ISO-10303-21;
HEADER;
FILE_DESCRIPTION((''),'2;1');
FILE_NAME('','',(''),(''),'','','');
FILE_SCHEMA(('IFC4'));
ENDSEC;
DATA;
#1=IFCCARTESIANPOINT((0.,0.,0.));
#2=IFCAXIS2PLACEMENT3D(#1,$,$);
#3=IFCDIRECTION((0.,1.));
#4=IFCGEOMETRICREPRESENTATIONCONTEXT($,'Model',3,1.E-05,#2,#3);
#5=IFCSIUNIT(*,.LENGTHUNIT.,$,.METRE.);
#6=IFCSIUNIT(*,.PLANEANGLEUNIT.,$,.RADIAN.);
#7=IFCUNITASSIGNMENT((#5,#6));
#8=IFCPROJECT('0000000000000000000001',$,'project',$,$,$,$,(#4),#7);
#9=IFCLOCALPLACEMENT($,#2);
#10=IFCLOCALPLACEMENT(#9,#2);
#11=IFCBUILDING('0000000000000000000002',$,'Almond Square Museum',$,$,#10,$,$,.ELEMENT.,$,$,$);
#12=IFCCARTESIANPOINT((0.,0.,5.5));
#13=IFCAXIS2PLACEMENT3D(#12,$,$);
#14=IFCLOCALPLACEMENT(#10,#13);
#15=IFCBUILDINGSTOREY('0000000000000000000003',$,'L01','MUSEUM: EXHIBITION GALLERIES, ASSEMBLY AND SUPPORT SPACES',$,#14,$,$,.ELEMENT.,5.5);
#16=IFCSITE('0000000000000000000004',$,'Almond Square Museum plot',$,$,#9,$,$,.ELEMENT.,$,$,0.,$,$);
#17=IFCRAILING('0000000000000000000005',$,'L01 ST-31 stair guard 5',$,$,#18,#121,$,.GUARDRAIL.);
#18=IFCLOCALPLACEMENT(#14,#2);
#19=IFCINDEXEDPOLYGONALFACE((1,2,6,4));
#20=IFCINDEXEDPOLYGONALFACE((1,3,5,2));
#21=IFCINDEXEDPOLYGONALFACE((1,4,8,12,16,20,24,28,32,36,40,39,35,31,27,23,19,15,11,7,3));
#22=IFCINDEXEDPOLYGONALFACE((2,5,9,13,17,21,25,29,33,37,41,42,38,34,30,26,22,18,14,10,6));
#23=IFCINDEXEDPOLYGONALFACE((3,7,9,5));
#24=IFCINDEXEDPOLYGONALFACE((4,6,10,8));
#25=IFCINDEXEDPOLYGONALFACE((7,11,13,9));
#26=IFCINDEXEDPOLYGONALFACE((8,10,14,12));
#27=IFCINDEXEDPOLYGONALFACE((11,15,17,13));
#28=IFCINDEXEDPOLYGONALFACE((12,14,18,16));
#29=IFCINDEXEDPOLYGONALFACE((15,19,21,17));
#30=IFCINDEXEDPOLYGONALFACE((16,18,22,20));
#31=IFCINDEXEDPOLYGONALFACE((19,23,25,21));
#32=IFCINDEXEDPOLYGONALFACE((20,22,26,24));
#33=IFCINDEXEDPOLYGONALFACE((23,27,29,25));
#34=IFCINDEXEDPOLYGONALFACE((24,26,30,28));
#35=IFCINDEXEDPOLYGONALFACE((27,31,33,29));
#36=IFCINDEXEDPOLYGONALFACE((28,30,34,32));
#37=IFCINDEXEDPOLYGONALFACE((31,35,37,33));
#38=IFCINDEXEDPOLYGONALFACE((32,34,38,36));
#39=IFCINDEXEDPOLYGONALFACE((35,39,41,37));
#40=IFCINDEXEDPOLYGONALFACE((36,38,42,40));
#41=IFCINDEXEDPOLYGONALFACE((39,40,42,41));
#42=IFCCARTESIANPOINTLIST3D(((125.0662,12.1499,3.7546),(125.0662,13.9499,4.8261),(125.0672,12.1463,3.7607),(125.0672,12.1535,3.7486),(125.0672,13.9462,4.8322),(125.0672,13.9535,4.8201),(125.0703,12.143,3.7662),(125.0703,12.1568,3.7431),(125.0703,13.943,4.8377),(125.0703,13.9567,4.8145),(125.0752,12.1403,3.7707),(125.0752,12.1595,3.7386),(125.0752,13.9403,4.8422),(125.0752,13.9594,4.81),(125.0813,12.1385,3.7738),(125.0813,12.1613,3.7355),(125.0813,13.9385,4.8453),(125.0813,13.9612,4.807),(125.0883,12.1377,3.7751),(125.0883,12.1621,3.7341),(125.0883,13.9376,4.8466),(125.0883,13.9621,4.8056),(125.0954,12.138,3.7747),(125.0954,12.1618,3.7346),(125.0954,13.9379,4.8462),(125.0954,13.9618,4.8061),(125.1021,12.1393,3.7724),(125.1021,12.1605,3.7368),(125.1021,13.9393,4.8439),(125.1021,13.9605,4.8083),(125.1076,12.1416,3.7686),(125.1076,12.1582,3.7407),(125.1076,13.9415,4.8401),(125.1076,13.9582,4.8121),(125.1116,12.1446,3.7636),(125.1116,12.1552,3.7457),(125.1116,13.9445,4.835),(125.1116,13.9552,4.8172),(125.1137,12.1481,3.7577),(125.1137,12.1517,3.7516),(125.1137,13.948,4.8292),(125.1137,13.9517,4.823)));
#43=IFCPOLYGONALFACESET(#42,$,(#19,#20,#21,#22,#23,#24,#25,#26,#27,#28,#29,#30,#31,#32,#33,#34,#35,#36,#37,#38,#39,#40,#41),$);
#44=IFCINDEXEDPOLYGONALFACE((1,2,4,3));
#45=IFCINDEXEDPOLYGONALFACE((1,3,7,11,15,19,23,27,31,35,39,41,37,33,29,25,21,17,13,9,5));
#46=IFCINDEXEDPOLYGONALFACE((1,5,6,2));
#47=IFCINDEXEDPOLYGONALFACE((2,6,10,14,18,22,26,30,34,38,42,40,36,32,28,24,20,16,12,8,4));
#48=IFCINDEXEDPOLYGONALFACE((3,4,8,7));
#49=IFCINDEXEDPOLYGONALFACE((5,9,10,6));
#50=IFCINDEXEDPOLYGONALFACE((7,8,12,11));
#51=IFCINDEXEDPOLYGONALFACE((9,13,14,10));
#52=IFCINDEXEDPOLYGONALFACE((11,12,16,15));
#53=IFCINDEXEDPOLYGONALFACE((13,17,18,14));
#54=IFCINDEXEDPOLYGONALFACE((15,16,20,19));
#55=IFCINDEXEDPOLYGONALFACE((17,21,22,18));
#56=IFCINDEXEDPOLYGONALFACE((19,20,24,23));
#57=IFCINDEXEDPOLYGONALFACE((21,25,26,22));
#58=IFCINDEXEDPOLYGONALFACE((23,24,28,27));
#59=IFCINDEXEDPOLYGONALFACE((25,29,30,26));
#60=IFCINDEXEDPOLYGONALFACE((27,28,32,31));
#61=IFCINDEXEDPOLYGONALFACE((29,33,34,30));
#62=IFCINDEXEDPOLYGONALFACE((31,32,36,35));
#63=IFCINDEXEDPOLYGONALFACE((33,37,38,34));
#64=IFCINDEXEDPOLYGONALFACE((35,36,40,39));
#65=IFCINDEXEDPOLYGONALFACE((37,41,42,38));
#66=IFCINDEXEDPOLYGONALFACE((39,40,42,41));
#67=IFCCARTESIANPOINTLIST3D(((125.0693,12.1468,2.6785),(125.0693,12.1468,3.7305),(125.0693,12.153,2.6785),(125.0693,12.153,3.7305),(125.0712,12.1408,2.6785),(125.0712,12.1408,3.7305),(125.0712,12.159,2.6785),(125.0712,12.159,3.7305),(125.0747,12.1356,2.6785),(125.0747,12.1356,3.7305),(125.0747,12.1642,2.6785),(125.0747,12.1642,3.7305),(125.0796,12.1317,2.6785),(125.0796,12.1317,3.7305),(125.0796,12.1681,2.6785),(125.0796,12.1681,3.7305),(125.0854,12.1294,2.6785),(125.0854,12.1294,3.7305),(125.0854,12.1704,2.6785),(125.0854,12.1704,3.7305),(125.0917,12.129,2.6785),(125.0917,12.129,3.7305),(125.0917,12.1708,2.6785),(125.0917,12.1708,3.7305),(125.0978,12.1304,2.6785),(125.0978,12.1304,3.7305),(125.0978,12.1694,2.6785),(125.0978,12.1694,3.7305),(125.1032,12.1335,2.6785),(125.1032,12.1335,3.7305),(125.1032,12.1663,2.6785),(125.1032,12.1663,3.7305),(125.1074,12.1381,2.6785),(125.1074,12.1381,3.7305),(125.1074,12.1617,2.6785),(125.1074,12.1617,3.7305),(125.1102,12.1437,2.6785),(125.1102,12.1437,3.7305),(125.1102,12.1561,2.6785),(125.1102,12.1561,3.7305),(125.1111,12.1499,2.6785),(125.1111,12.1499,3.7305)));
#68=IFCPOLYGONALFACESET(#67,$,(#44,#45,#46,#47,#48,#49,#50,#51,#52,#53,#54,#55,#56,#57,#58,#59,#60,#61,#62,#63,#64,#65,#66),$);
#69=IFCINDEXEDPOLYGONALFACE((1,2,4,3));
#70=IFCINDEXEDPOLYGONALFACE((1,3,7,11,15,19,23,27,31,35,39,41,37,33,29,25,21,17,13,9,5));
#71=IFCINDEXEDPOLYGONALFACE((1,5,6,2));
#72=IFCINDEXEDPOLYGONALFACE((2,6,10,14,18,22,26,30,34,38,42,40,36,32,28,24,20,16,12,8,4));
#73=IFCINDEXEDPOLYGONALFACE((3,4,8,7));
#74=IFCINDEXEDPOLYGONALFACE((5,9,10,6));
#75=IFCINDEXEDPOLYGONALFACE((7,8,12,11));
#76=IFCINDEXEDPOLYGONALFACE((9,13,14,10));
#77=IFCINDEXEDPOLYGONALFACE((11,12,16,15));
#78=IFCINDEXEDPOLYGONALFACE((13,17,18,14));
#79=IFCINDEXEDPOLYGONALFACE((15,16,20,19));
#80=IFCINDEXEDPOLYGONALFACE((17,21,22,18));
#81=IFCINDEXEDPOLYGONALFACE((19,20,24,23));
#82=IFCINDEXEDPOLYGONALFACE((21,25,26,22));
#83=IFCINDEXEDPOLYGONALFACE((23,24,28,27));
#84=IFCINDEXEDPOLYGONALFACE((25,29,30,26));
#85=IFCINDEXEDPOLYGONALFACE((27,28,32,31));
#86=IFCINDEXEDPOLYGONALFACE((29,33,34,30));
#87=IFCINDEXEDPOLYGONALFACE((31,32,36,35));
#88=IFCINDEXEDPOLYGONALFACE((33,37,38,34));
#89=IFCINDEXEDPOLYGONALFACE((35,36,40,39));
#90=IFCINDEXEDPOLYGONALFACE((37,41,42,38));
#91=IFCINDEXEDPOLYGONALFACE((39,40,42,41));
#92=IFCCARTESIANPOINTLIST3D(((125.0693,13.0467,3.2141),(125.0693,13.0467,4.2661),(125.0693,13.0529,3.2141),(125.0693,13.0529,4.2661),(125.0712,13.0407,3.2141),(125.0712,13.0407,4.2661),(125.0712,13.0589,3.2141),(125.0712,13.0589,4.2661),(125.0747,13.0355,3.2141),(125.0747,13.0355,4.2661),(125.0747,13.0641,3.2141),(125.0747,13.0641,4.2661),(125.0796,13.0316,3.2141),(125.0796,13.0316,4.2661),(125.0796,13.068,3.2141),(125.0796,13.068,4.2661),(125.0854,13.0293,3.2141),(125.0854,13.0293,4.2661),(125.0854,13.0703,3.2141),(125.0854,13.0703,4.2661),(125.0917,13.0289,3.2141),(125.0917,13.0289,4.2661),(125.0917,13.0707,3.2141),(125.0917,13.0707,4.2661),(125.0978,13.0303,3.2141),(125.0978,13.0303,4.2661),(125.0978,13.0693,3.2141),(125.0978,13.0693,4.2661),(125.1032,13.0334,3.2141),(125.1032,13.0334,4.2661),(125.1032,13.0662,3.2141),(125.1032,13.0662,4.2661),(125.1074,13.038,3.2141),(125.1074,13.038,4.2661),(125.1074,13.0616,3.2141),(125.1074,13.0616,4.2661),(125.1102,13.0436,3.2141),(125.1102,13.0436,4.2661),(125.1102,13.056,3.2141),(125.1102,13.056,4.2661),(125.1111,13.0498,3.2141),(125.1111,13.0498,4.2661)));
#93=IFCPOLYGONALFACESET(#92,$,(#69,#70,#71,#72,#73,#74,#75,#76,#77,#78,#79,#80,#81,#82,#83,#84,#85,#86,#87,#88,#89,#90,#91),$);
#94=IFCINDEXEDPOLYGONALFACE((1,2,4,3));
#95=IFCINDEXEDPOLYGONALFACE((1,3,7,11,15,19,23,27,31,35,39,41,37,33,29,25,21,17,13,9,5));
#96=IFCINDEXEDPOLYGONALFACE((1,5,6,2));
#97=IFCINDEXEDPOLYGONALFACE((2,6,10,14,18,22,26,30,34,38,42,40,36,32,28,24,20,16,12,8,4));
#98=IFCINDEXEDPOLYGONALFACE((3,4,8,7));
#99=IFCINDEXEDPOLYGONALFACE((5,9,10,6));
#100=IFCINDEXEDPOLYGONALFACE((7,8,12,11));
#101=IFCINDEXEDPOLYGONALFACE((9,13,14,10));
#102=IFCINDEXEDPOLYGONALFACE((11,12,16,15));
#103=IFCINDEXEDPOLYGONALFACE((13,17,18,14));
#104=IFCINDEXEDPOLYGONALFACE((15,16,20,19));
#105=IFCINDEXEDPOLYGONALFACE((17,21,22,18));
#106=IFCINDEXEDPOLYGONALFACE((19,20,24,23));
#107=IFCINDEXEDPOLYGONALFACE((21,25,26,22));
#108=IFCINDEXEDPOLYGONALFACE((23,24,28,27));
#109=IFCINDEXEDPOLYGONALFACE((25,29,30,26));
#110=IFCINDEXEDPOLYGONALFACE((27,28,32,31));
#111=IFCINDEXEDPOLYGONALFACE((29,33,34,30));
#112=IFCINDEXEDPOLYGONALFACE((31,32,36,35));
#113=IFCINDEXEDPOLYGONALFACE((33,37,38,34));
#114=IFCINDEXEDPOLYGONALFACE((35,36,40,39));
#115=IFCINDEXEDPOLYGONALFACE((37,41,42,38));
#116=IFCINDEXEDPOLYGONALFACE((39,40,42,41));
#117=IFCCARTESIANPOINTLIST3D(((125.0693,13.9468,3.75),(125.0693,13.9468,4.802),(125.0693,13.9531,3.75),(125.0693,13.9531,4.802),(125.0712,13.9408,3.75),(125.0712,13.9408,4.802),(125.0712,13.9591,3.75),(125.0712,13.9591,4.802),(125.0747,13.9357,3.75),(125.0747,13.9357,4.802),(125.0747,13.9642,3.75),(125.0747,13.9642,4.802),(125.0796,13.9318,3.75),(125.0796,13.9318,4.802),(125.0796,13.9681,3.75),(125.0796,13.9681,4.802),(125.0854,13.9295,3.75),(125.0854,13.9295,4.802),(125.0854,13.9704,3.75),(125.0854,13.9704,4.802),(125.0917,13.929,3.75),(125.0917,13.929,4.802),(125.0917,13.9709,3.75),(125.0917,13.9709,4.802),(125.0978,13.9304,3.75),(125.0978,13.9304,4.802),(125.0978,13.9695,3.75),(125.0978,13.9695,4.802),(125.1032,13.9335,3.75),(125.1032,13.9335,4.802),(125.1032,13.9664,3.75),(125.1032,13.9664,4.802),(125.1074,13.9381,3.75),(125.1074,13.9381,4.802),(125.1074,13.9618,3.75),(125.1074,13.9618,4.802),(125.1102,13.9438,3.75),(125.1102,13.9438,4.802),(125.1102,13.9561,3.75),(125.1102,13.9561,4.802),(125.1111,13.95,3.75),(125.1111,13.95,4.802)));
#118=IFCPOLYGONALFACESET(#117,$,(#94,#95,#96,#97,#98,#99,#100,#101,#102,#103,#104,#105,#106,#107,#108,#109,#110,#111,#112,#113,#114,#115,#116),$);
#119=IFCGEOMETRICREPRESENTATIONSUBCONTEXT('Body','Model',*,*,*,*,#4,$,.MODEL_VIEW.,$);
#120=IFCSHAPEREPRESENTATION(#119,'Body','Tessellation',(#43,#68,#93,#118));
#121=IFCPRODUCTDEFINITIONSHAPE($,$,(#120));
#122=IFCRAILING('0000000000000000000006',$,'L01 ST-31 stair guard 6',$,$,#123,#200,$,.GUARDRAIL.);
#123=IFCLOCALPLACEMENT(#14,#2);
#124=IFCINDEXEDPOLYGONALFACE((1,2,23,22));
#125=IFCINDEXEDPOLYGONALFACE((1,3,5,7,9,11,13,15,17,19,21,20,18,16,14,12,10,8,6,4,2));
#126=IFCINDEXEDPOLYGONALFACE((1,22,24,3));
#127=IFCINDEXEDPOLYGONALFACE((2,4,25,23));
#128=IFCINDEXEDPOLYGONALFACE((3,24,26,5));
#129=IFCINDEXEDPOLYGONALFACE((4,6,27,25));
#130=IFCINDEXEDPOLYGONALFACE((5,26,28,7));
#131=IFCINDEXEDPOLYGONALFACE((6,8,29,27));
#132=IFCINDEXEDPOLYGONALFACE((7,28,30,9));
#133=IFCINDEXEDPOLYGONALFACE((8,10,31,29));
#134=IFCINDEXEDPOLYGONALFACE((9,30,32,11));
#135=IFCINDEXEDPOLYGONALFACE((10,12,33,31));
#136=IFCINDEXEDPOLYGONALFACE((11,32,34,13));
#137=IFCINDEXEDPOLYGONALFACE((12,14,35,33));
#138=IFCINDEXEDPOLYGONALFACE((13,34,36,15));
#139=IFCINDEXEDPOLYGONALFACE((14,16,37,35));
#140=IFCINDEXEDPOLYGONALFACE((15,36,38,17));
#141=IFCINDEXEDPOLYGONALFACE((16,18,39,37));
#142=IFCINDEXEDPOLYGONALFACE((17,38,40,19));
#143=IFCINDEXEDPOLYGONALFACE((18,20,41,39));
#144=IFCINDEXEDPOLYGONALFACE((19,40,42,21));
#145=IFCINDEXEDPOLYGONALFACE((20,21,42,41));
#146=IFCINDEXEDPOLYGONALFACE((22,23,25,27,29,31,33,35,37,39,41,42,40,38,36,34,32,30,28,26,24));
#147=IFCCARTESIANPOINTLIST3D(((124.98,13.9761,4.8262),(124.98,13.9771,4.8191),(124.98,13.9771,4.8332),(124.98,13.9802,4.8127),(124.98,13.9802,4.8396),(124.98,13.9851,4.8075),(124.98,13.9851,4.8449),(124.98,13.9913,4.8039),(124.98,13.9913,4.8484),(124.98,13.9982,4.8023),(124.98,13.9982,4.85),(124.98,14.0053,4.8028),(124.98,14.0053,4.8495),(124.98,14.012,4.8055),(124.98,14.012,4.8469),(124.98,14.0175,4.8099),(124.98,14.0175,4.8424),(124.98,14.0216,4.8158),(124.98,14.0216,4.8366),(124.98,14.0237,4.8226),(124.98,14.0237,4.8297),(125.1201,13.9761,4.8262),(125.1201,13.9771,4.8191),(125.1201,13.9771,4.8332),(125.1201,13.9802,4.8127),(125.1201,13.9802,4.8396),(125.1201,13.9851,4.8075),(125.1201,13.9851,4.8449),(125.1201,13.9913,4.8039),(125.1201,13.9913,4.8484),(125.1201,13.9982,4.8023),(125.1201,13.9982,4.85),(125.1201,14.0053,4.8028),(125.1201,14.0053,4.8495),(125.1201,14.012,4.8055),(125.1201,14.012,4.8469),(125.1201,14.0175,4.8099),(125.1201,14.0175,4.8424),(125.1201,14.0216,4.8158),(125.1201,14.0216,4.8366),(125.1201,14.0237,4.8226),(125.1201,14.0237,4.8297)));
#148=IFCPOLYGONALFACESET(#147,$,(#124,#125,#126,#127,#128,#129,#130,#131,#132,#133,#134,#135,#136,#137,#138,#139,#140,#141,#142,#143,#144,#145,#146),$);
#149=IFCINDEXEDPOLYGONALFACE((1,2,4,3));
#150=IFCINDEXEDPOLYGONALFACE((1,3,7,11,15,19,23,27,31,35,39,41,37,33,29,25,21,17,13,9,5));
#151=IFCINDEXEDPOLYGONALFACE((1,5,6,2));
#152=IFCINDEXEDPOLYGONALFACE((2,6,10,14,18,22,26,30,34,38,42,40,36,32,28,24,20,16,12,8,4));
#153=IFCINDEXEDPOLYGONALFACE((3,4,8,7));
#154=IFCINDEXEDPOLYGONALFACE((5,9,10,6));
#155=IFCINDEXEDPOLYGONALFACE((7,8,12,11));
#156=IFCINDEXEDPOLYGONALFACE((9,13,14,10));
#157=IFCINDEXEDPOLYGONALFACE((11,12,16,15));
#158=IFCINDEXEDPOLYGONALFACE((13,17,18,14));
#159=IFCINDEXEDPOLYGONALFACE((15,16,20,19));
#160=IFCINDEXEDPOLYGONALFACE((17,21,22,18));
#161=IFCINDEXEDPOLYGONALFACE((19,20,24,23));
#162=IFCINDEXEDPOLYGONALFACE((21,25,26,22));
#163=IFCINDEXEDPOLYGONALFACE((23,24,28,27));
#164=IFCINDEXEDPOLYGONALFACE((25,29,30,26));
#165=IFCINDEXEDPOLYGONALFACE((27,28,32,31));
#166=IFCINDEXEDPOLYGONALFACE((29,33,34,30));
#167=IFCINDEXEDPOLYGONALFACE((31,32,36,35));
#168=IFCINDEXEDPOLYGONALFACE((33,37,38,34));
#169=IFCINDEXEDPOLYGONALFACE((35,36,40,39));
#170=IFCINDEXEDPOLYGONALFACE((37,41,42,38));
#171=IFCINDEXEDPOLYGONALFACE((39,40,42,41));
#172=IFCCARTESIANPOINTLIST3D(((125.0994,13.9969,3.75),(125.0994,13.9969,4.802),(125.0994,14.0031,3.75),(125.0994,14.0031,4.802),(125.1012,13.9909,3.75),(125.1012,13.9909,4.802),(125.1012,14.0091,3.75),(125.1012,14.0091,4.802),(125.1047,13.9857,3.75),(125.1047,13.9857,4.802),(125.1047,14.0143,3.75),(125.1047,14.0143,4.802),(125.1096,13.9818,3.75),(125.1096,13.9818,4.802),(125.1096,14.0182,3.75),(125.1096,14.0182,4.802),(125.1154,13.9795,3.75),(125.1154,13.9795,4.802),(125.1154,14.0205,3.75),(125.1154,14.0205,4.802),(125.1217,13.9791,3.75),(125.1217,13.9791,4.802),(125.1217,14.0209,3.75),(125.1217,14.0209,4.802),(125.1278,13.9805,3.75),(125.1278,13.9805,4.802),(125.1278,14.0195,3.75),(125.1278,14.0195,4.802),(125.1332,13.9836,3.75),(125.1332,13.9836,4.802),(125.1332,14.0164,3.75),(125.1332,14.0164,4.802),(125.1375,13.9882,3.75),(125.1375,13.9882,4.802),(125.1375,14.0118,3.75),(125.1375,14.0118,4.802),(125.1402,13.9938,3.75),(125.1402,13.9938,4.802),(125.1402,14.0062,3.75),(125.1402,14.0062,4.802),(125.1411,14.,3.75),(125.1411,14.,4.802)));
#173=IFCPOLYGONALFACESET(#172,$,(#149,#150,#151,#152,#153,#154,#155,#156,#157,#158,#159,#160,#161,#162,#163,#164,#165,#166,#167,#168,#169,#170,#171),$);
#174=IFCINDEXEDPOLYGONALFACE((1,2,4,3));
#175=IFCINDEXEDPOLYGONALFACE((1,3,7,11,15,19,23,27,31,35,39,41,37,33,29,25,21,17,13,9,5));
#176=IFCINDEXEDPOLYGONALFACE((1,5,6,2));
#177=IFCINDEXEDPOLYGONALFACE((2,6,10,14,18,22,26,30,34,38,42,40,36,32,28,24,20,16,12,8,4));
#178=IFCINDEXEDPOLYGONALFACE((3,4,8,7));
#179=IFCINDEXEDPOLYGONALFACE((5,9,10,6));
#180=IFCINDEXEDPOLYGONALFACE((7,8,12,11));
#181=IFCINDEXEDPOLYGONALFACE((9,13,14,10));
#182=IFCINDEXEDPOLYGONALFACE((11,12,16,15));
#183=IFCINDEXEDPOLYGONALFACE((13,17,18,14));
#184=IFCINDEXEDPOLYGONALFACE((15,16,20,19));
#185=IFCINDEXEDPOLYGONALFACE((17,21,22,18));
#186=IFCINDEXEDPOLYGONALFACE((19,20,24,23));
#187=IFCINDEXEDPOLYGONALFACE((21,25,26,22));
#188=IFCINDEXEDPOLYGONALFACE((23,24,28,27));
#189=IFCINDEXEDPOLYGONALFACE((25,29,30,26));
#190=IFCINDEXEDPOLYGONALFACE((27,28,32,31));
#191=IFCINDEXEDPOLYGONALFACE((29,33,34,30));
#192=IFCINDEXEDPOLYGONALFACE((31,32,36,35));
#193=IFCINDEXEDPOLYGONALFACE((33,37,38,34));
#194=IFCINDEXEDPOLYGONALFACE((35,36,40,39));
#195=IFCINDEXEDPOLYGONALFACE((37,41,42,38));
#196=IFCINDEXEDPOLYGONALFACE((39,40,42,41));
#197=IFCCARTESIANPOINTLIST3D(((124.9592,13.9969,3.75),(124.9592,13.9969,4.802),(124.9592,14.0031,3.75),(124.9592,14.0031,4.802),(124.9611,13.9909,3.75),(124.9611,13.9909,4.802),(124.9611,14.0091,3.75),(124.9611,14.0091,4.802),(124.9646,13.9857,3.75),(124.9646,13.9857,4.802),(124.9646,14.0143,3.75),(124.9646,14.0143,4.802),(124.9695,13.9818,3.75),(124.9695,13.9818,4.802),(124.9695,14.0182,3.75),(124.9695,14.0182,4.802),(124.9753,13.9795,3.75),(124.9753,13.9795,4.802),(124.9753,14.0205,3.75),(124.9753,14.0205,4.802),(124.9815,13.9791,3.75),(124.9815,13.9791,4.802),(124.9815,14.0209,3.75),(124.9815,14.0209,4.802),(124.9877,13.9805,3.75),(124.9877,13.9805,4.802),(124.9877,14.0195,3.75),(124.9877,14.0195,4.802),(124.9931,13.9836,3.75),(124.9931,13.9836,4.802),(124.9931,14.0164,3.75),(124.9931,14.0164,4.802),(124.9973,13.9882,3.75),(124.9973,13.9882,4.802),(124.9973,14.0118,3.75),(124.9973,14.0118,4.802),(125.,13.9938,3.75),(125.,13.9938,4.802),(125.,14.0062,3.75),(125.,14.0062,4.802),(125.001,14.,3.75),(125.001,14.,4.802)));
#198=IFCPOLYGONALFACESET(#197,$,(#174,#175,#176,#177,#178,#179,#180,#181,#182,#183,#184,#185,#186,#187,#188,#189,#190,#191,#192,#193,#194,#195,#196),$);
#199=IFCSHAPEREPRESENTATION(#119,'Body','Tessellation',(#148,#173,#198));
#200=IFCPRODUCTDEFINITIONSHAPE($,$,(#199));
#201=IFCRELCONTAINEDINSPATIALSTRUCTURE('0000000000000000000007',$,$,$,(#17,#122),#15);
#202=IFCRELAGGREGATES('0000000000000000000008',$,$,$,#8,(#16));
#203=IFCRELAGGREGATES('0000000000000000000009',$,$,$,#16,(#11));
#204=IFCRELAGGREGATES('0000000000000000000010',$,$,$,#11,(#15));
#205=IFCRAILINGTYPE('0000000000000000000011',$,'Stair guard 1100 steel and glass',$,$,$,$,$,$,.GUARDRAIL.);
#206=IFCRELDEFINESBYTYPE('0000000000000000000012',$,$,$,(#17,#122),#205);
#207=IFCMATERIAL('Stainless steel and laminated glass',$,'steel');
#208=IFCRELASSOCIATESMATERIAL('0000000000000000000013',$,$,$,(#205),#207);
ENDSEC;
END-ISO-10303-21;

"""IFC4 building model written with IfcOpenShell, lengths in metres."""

from ifc_helpers import new_model, si_unit, direction, frame, origin, origin_2d, place, context, subcontext, project, spatial, circle, extrude, material, type_object, element, save


model = new_model("IFC4")

# Units and contexts
model_context = context("Model", 3, precision=1e-05, world=origin(), true_north=direction((0.0, 1.0)))
body_context = subcontext(model_context, "Body", "Model", "MODEL_VIEW")
ifc_project = project(units=[si_unit("LENGTHUNIT", "METRE"), si_unit("PLANEANGLEUNIT", "RADIAN")], contexts=[model_context])

# Site, building, storey
site_placement = place(None, origin())
site = spatial("IfcSite", under=ifc_project, at=site_placement, Name="Almond Square Museum plot", CompositionType="ELEMENT", RefElevation=0.0)
building_placement = place(site_placement, origin())
building = spatial("IfcBuilding", under=site, at=building_placement, Name="Almond Square Museum", CompositionType="ELEMENT")
storey_placement = place(building_placement, frame((0.0, 0.0, 5.5)))
storey = spatial("IfcBuildingStorey", under=building, at=storey_placement, Name="L01", Description="MUSEUM: EXHIBITION GALLERIES, ASSEMBLY AND SUPPORT SPACES", CompositionType="ELEMENT", Elevation=5.5)

# Railings
ifc_material_1 = material(Name="Stainless steel and laminated glass", Category="steel")
railing_type_1 = type_object("IfcRailingType", Name="Stair guard 1100 steel and glass", PredefinedType="GUARDRAIL", material=ifc_material_1)
railing_1_placement = place(storey_placement, frame((125.0901, 12.1499, 2.6785)))
element("IfcRailing", 1, at=railing_1_placement, inside=storey, type_object=railing_type_1, Name="L01 ST-31 stair guard 5", PredefinedType="GUARDRAIL", context=body_context, shape_type="SweptSolid", body=[
    extrude(circle(Radius=0.0239, at=origin_2d()), frame((0.0, 0.0, 1.0762), z_axis=(0.0, 0.859277, 0.51151), x_axis=(-1.0, 0.0, 0.0)), (0.0, 0.0, 1.0), 2.0947),
    extrude(circle(Radius=0.021, at=origin_2d()), origin(), (0.0, 0.0, 1.0), 1.052),
    extrude(circle(Radius=0.021, at=origin_2d()), frame((0.0, 0.8999, 0.5356)), (0.0, 0.0, 1.0), 1.052),
    extrude(circle(Radius=0.021, at=origin_2d()), frame((0.0, 1.8, 1.0715)), (0.0, 0.0, 1.0), 1.052),
])
railing_2_placement = place(storey_placement, frame((125.1201, 14.0, 3.75)))
element("IfcRailing", 2, at=railing_2_placement, inside=storey, type_object=railing_type_1, Name="L01 ST-31 stair guard 6", PredefinedType="GUARDRAIL", context=body_context, shape_type="SweptSolid", body=[
    extrude(circle(Radius=0.0239, at=origin_2d()), frame((0.0, 0.0, 1.0762), z_axis=(-1.0, 0.0, 0.0), x_axis=(0.0, -1.0, 0.0)), (0.0, 0.0, 1.0), 0.1401),
    extrude(circle(Radius=0.021, at=origin_2d()), origin(), (0.0, 0.0, 1.0), 1.052),
    extrude(circle(Radius=0.021, at=origin_2d()), frame((-0.1401, 0.0, 0.0)), (0.0, 0.0, 1.0), 1.052),
])

save(model, "model.ifc")
